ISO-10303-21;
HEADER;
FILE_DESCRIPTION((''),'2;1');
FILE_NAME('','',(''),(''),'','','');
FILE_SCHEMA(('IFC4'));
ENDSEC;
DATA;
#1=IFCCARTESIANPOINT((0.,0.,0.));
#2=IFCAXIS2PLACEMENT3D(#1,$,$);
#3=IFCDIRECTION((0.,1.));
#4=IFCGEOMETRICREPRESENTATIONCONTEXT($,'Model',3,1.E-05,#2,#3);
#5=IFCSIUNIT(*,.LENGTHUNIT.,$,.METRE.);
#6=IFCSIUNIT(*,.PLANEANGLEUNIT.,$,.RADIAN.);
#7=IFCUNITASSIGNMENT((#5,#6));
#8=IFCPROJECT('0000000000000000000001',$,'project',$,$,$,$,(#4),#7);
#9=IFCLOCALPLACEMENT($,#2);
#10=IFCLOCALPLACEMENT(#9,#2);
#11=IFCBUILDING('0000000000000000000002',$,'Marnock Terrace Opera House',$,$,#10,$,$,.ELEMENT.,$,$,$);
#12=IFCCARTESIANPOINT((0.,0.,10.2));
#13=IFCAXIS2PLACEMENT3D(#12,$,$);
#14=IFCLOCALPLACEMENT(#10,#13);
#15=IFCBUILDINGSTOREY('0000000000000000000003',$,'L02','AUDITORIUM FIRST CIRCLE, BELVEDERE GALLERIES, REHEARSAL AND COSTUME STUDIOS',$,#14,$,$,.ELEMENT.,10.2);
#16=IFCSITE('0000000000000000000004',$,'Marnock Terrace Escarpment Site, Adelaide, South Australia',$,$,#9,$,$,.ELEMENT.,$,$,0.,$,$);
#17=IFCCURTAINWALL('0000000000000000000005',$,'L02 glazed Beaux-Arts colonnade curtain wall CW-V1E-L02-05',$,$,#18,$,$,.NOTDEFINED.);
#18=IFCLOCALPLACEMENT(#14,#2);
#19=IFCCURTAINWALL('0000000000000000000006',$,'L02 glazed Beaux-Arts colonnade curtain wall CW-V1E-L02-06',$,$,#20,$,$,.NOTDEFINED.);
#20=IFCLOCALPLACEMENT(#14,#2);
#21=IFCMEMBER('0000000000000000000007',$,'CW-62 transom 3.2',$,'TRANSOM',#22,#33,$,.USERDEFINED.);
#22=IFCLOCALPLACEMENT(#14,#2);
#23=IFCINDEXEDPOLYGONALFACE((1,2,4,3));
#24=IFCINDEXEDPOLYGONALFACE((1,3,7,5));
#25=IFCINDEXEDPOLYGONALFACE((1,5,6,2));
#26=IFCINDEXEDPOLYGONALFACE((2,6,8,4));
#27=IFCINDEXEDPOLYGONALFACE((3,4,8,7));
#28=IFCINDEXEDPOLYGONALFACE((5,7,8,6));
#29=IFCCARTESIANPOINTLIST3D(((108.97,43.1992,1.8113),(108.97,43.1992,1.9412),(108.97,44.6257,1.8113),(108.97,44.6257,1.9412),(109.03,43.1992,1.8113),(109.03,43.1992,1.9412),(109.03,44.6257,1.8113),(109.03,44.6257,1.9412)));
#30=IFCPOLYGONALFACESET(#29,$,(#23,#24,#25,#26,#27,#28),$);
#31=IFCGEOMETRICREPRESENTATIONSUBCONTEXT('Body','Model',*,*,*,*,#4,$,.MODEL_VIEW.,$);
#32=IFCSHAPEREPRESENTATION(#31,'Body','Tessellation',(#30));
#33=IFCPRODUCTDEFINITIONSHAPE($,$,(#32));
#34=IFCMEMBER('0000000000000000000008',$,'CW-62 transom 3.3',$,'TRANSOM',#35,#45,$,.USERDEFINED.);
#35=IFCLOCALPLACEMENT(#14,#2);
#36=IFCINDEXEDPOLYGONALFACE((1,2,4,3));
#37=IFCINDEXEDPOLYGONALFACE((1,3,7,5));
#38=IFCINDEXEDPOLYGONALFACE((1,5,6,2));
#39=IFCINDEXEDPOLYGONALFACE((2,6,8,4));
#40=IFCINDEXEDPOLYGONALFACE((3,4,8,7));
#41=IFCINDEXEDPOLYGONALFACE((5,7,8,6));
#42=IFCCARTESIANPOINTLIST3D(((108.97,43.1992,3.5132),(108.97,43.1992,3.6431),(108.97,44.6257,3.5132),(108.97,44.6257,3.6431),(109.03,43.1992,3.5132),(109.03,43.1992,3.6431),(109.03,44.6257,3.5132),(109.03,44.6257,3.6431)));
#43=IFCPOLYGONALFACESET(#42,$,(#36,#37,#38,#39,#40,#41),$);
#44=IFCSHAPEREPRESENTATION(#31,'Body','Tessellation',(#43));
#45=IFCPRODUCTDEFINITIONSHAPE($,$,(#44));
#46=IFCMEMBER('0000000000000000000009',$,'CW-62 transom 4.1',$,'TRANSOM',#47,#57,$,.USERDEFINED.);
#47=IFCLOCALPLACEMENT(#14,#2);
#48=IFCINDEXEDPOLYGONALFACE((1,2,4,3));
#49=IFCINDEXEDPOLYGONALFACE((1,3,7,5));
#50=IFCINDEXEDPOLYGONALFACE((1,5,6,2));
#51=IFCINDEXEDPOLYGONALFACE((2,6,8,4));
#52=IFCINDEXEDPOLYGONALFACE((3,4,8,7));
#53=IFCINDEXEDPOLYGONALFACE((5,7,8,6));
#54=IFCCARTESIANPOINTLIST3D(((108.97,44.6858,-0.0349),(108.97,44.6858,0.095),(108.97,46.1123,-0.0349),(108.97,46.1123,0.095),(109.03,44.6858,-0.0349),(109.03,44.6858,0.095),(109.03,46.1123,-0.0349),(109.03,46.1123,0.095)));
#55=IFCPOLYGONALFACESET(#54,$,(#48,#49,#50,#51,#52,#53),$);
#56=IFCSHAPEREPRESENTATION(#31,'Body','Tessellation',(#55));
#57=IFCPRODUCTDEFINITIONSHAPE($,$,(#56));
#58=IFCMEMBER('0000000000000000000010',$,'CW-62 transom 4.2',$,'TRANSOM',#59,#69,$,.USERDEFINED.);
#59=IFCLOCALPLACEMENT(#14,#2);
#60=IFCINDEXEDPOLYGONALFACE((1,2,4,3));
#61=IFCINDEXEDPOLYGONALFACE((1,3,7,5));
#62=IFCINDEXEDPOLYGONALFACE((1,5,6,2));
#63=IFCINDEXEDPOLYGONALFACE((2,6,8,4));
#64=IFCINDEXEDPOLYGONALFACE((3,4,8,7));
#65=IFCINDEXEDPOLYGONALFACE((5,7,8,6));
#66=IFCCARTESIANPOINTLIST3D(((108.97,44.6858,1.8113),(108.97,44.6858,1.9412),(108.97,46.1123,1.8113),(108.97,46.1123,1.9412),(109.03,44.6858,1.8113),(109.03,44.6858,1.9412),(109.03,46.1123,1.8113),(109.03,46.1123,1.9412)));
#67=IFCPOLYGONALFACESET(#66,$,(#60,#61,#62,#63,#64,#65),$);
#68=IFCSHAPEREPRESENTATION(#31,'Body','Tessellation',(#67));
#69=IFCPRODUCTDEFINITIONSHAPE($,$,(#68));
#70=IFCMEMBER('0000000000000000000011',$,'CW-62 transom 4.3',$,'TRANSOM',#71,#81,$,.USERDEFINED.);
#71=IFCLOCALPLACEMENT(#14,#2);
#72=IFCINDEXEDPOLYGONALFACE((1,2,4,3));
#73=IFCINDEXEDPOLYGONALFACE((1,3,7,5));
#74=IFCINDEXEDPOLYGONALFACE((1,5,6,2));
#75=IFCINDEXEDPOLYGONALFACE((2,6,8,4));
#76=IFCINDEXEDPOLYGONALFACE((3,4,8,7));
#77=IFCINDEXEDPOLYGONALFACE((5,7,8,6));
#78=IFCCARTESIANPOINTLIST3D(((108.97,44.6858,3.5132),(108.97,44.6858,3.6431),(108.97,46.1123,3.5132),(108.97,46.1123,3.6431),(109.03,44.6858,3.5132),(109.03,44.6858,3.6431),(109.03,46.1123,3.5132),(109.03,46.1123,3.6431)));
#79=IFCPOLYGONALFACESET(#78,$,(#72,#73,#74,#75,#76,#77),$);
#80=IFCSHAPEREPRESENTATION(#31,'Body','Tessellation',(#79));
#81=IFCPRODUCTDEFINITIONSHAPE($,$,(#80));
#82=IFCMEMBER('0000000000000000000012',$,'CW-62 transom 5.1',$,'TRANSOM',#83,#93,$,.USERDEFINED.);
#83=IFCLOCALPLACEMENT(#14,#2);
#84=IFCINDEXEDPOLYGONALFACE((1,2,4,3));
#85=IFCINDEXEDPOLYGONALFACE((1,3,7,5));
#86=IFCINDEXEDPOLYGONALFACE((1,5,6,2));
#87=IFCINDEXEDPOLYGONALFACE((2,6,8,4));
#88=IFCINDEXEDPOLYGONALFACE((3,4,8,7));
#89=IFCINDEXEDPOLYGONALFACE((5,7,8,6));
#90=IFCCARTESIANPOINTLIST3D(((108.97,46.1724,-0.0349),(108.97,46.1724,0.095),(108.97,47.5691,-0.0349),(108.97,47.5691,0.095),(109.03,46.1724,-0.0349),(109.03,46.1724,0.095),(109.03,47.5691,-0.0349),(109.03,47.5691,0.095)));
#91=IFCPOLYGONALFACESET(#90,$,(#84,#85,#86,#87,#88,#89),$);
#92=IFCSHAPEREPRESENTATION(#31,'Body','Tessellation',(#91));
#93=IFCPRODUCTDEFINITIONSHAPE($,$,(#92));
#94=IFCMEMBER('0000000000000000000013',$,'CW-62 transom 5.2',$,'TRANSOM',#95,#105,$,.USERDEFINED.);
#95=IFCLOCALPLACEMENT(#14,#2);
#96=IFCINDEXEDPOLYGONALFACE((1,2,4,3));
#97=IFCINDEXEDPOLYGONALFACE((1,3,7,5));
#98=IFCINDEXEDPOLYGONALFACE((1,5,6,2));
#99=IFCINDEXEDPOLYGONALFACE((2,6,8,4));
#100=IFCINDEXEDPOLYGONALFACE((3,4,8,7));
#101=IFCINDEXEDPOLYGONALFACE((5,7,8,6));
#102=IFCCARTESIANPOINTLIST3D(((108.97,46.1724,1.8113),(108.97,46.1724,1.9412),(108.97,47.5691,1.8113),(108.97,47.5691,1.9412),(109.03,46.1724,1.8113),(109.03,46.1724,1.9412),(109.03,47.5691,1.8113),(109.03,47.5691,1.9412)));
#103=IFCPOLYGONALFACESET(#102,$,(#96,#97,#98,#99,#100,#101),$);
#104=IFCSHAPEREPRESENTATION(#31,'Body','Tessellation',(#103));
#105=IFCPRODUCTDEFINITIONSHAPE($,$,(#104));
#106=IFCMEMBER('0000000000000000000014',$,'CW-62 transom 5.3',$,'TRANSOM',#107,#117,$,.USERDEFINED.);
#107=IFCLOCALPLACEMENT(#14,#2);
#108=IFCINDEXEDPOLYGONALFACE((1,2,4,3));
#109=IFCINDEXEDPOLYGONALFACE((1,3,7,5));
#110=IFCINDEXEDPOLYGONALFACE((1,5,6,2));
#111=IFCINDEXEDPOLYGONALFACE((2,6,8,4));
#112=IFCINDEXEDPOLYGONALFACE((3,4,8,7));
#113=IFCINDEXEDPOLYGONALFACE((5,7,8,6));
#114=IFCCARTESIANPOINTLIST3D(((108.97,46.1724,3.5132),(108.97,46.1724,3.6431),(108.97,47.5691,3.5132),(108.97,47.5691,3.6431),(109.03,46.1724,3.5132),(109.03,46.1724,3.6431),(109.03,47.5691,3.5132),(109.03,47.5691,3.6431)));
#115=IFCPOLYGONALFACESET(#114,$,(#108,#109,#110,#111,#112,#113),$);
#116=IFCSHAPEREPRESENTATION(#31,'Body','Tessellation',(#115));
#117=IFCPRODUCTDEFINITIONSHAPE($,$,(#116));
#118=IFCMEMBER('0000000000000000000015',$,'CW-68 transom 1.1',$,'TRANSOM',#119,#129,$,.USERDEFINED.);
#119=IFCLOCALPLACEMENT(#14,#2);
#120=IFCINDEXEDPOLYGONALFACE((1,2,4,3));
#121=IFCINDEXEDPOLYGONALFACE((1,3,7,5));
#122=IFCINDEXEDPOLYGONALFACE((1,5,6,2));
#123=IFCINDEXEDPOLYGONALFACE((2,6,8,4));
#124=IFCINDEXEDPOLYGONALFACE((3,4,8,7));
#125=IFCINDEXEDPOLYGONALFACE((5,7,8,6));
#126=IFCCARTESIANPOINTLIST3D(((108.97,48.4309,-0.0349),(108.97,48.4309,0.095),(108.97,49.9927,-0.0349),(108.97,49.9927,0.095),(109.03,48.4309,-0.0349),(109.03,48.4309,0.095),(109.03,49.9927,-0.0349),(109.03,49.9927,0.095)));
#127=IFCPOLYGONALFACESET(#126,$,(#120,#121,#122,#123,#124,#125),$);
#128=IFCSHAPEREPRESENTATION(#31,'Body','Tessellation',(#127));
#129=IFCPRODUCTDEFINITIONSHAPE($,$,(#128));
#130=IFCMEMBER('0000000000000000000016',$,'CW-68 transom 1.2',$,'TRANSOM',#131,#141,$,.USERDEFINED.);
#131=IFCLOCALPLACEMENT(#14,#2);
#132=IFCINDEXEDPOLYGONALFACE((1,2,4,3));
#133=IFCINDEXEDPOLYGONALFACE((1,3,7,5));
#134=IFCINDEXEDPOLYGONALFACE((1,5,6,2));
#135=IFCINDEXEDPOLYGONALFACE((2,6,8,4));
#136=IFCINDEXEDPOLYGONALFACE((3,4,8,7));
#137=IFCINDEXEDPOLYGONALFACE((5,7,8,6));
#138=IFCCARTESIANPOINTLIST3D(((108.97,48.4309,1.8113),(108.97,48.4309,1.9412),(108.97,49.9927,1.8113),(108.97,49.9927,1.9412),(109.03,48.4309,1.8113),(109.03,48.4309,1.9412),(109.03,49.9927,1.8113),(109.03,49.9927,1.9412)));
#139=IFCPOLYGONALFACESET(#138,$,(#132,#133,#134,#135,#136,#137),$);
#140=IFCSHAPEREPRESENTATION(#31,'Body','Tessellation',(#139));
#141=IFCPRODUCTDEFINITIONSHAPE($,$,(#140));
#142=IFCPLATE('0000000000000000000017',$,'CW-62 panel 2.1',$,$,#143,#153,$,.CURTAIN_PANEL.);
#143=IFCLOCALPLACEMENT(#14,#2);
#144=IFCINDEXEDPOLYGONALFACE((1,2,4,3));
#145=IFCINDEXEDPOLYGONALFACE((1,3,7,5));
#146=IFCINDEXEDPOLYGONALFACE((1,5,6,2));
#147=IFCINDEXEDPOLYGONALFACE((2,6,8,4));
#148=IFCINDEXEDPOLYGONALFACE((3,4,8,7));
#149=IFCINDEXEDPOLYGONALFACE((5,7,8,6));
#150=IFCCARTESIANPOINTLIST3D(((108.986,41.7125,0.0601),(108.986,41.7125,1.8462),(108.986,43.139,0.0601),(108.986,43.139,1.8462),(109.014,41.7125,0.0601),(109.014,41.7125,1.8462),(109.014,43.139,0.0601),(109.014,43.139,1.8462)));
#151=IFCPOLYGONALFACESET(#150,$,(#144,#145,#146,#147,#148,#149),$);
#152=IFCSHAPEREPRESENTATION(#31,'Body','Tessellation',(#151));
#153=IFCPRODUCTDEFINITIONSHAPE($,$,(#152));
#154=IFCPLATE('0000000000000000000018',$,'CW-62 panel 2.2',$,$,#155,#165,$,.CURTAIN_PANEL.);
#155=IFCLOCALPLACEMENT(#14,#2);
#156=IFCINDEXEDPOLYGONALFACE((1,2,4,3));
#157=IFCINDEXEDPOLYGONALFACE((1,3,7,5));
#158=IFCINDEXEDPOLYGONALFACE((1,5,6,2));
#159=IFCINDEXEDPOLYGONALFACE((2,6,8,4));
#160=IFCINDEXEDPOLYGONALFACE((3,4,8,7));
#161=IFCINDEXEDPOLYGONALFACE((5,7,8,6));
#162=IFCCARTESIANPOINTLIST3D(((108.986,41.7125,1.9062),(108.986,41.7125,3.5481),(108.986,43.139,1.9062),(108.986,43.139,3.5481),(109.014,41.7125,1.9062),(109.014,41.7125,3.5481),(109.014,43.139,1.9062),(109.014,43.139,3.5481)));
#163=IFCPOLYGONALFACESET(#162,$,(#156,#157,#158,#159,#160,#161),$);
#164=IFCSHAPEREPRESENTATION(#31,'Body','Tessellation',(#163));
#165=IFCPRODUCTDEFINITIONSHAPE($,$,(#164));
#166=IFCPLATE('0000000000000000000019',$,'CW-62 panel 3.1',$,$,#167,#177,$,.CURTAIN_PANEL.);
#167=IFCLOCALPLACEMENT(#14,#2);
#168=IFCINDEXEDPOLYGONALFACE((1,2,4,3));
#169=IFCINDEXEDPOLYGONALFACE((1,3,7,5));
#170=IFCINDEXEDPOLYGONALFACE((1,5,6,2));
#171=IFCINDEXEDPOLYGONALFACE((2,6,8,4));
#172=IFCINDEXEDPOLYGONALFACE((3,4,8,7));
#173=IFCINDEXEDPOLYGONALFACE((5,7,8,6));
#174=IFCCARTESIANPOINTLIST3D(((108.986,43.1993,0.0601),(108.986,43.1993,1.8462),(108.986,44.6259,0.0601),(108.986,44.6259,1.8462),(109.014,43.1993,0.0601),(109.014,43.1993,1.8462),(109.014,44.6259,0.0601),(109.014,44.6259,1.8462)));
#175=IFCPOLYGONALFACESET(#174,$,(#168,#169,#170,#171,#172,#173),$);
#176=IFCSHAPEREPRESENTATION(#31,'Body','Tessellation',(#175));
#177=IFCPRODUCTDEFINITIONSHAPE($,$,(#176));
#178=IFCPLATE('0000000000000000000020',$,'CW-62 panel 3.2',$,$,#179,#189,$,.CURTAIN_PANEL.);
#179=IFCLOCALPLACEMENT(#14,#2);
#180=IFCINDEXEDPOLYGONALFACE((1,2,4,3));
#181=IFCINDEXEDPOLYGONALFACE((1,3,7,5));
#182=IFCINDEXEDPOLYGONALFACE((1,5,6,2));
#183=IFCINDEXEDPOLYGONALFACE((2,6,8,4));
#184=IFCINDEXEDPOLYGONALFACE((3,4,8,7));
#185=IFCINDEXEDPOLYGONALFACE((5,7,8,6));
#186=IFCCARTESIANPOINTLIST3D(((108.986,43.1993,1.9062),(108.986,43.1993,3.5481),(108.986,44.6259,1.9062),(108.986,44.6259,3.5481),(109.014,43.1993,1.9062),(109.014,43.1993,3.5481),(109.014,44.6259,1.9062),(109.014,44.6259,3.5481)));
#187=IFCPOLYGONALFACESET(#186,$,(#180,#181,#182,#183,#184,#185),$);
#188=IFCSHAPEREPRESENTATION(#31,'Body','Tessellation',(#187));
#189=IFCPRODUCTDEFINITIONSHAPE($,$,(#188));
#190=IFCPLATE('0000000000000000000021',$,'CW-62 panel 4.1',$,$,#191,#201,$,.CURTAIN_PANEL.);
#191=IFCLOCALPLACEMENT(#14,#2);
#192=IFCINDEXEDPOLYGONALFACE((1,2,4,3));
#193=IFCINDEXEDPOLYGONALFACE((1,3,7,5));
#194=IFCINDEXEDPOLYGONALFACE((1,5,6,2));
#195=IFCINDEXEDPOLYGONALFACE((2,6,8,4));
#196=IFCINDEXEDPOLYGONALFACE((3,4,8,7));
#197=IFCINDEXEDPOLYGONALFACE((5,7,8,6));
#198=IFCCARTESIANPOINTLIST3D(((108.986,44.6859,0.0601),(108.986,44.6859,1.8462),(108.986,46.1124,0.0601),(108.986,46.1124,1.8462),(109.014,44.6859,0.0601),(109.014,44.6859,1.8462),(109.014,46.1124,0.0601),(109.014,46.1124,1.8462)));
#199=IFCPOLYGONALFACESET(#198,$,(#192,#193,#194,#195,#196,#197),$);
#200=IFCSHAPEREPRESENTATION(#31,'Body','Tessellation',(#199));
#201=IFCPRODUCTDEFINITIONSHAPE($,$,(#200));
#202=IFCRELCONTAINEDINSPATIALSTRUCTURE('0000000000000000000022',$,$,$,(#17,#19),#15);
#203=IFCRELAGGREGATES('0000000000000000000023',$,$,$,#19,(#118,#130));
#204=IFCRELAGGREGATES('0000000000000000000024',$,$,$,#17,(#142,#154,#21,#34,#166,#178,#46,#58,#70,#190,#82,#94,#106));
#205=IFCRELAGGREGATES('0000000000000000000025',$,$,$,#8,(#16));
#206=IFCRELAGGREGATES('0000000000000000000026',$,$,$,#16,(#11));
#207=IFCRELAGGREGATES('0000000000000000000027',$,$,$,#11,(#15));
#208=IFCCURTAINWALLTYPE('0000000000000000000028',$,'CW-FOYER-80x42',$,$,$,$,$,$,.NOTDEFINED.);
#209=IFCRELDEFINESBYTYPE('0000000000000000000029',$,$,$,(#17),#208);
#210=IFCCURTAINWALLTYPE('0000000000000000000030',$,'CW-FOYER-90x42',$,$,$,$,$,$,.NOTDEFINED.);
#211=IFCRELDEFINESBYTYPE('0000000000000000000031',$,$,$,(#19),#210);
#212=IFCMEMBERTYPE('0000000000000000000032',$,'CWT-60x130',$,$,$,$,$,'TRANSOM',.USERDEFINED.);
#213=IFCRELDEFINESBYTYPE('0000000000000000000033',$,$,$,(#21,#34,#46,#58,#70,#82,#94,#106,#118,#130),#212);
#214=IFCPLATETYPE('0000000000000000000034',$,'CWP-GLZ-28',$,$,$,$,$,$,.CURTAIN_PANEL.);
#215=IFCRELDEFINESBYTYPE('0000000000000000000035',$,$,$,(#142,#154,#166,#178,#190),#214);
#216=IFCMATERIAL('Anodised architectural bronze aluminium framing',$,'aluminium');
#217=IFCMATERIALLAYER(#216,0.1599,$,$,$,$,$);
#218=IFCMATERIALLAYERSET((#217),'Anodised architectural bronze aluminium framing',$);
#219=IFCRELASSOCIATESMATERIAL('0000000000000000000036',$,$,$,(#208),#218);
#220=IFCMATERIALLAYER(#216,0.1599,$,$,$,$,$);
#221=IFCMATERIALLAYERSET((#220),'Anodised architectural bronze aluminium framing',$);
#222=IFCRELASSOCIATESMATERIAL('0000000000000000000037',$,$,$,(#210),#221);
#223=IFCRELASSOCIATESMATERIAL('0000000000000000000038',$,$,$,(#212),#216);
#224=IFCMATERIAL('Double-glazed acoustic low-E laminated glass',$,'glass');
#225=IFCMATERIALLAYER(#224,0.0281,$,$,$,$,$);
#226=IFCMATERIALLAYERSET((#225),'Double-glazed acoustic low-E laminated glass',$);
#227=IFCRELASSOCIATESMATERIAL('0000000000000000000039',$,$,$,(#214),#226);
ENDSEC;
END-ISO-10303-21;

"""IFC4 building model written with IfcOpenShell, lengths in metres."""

from ifc_helpers import new_model, si_unit, direction, frame, origin, origin_2d, place, context, subcontext, project, spatial, rectangle, extrude, material, layer, layer_set, material_profile, profile_set, type_object, element, aggregate, save


model = new_model("IFC4")

# Units and contexts
model_context = context("Model", 3, precision=1e-05, world=origin(), true_north=direction((0.0, 1.0)))
body_context = subcontext(model_context, "Body", "Model", "MODEL_VIEW")
ifc_project = project(units=[si_unit("LENGTHUNIT", "METRE"), si_unit("PLANEANGLEUNIT", "RADIAN")], contexts=[model_context])

# Site, building, storey
site_placement = place(None, origin())
site = spatial("IfcSite", under=ifc_project, at=site_placement, Name="Marnock Terrace Escarpment Site, Adelaide, South Australia", CompositionType="ELEMENT", RefElevation=0.0)
building_placement = place(site_placement, origin())
building = spatial("IfcBuilding", under=site, at=building_placement, Name="Marnock Terrace Opera House", CompositionType="ELEMENT")
storey_placement = place(building_placement, frame((0.0, 0.0, 10.2)))
storey = spatial("IfcBuildingStorey", under=building, at=storey_placement, Name="L02", Description="AUDITORIUM FIRST CIRCLE, BELVEDERE GALLERIES, REHEARSAL AND COSTUME STUDIOS", CompositionType="ELEMENT", Elevation=10.2)

# Curtain wall
ifc_material_1 = material(Name="Anodised architectural bronze aluminium framing", Category="aluminium")
ifc_layer_1 = layer(ifc_material_1, 0.1599)
ifc_layer_set_1 = layer_set([ifc_layer_1], Name="Anodised architectural bronze aluminium framing")
curtain_wall_type_1 = type_object("IfcCurtainWallType", Name="CW-FOYER-80x42", PredefinedType="NOTDEFINED", material=ifc_layer_set_1)
curtain_wall_1_placement = place(storey_placement, origin())
curtain_wall_1 = element("IfcCurtainWall", 1, at=curtain_wall_1_placement, inside=storey, type_object=curtain_wall_type_1, Name="L02 glazed Beaux-Arts colonnade curtain wall CW-V1E-L02-05", PredefinedType="NOTDEFINED")

# Curtain wall
ifc_layer_2 = layer(ifc_material_1, 0.1599)
ifc_layer_set_2 = layer_set([ifc_layer_2], Name="Anodised architectural bronze aluminium framing")
curtain_wall_type_2 = type_object("IfcCurtainWallType", Name="CW-FOYER-90x42", PredefinedType="NOTDEFINED", material=ifc_layer_set_2)
curtain_wall_2_placement = place(storey_placement, origin())
curtain_wall_2 = element("IfcCurtainWall", 2, at=curtain_wall_2_placement, inside=storey, type_object=curtain_wall_type_2, Name="L02 glazed Beaux-Arts colonnade curtain wall CW-V1E-L02-06", PredefinedType="NOTDEFINED")

# Members
ifc_material_profile_1 = material_profile(ifc_material_1, rectangle(XDim=0.0601, YDim=0.1299, at=origin_2d()))
ifc_profile_set_1 = profile_set([ifc_material_profile_1], Name="Anodised architectural bronze aluminium framing")
member_type_1 = type_object("IfcMemberType", Name="CWT-60x130", ElementType="TRANSOM", PredefinedType="USERDEFINED", material=ifc_profile_set_1)
member_1_placement = place(storey_placement, frame((109.0, 43.1992, 1.8762), z_axis=(0.0, 1.0, 0.0), x_axis=(-1.0, 0.0, 0.0)))
member_1 = element("IfcMember", 3, at=member_1_placement, type_object=member_type_1, Name="CW-62 transom 3.2", ObjectType="TRANSOM", PredefinedType="USERDEFINED", context=body_context, shape_type="SweptSolid", body=[
    extrude(rectangle(XDim=0.0601, YDim=0.1299, at=origin_2d()), origin(), (0.0, 0.0, 1.0), 1.4265),
])
member_2_placement = place(storey_placement, frame((109.0, 43.1992, 3.5781), z_axis=(0.0, 1.0, 0.0), x_axis=(-1.0, 0.0, 0.0)))
member_2 = element("IfcMember", 4, at=member_2_placement, type_object=member_type_1, Name="CW-62 transom 3.3", ObjectType="TRANSOM", PredefinedType="USERDEFINED", context=body_context, shape_type="SweptSolid", body=[
    extrude(rectangle(XDim=0.0601, YDim=0.1299, at=origin_2d()), origin(), (0.0, 0.0, 1.0), 1.4265),
])
member_3_placement = place(storey_placement, frame((109.0, 44.6858, 0.03), z_axis=(0.0, 1.0, 0.0), x_axis=(-1.0, 0.0, 0.0)))
member_3 = element("IfcMember", 5, at=member_3_placement, type_object=member_type_1, Name="CW-62 transom 4.1", ObjectType="TRANSOM", PredefinedType="USERDEFINED", context=body_context, shape_type="SweptSolid", body=[
    extrude(rectangle(XDim=0.0601, YDim=0.1299, at=origin_2d()), origin(), (0.0, 0.0, 1.0), 1.4265),
])
member_4_placement = place(storey_placement, frame((109.0, 44.6858, 1.8762), z_axis=(0.0, 1.0, 0.0), x_axis=(-1.0, 0.0, 0.0)))
member_4 = element("IfcMember", 6, at=member_4_placement, type_object=member_type_1, Name="CW-62 transom 4.2", ObjectType="TRANSOM", PredefinedType="USERDEFINED", context=body_context, shape_type="SweptSolid", body=[
    extrude(rectangle(XDim=0.0601, YDim=0.1299, at=origin_2d()), origin(), (0.0, 0.0, 1.0), 1.4265),
])
member_5_placement = place(storey_placement, frame((109.0, 44.6858, 3.5781), z_axis=(0.0, 1.0, 0.0), x_axis=(-1.0, 0.0, 0.0)))
member_5 = element("IfcMember", 7, at=member_5_placement, type_object=member_type_1, Name="CW-62 transom 4.3", ObjectType="TRANSOM", PredefinedType="USERDEFINED", context=body_context, shape_type="SweptSolid", body=[
    extrude(rectangle(XDim=0.0601, YDim=0.1299, at=origin_2d()), origin(), (0.0, 0.0, 1.0), 1.4265),
])
member_6_placement = place(storey_placement, frame((109.0, 46.1724, 0.03), z_axis=(0.0, 1.0, 0.0), x_axis=(-1.0, 0.0, 0.0)))
member_6 = element("IfcMember", 8, at=member_6_placement, type_object=member_type_1, Name="CW-62 transom 5.1", ObjectType="TRANSOM", PredefinedType="USERDEFINED", context=body_context, shape_type="SweptSolid", body=[
    extrude(rectangle(XDim=0.0601, YDim=0.1299, at=origin_2d()), origin(), (0.0, 0.0, 1.0), 1.3967),
])
member_7_placement = place(storey_placement, frame((109.0, 46.1724, 1.8762), z_axis=(0.0, 1.0, 0.0), x_axis=(-1.0, 0.0, 0.0)))
member_7 = element("IfcMember", 9, at=member_7_placement, type_object=member_type_1, Name="CW-62 transom 5.2", ObjectType="TRANSOM", PredefinedType="USERDEFINED", context=body_context, shape_type="SweptSolid", body=[
    extrude(rectangle(XDim=0.0601, YDim=0.1299, at=origin_2d()), origin(), (0.0, 0.0, 1.0), 1.3967),
])
member_8_placement = place(storey_placement, frame((109.0, 46.1724, 3.5781), z_axis=(0.0, 1.0, 0.0), x_axis=(-1.0, 0.0, 0.0)))
member_8 = element("IfcMember", 10, at=member_8_placement, type_object=member_type_1, Name="CW-62 transom 5.3", ObjectType="TRANSOM", PredefinedType="USERDEFINED", context=body_context, shape_type="SweptSolid", body=[
    extrude(rectangle(XDim=0.0601, YDim=0.1299, at=origin_2d()), origin(), (0.0, 0.0, 1.0), 1.3967),
])
member_9_placement = place(storey_placement, frame((109.0, 48.4309, 0.03), z_axis=(0.0, 1.0, 0.0), x_axis=(-1.0, 0.0, 0.0)))
member_9 = element("IfcMember", 11, at=member_9_placement, type_object=member_type_1, Name="CW-68 transom 1.1", ObjectType="TRANSOM", PredefinedType="USERDEFINED", context=body_context, shape_type="SweptSolid", body=[
    extrude(rectangle(XDim=0.0601, YDim=0.1299, at=origin_2d()), origin(), (0.0, 0.0, 1.0), 1.5618),
])
member_10_placement = place(storey_placement, frame((109.0, 48.4309, 1.8762), z_axis=(0.0, 1.0, 0.0), x_axis=(-1.0, 0.0, 0.0)))
member_10 = element("IfcMember", 12, at=member_10_placement, type_object=member_type_1, Name="CW-68 transom 1.2", ObjectType="TRANSOM", PredefinedType="USERDEFINED", context=body_context, shape_type="SweptSolid", body=[
    extrude(rectangle(XDim=0.0601, YDim=0.1299, at=origin_2d()), origin(), (0.0, 0.0, 1.0), 1.5618),
])
aggregate(curtain_wall_2, [member_9, member_10])

# Plates
ifc_material_2 = material(Name="Double-glazed acoustic low-E laminated glass", Category="glass")
ifc_layer_3 = layer(ifc_material_2, 0.0281)
ifc_layer_set_3 = layer_set([ifc_layer_3], Name="Double-glazed acoustic low-E laminated glass")
plate_type = type_object("IfcPlateType", Name="CWP-GLZ-28", PredefinedType="CURTAIN_PANEL", material=ifc_layer_set_3)
plate_1_placement = place(storey_placement, frame((109.0, 42.4258, 0.0601), z_axis=(0.0, 0.0, 1.0), x_axis=(0.0, 1.0, 0.0)))
plate_1 = element("IfcPlate", 13, at=plate_1_placement, type_object=plate_type, Name="CW-62 panel 2.1", PredefinedType="CURTAIN_PANEL", context=body_context, shape_type="SweptSolid", body=[
    extrude(rectangle(XDim=1.4265, YDim=0.0281, at=origin_2d()), origin(), (0.0, 0.0, 1.0), 1.7861),
])
plate_2_placement = place(storey_placement, frame((109.0, 42.4258, 1.9062), z_axis=(0.0, 0.0, 1.0), x_axis=(0.0, 1.0, 0.0)))
plate_2 = element("IfcPlate", 14, at=plate_2_placement, type_object=plate_type, Name="CW-62 panel 2.2", PredefinedType="CURTAIN_PANEL", context=body_context, shape_type="SweptSolid", body=[
    extrude(rectangle(XDim=1.4265, YDim=0.0281, at=origin_2d()), origin(), (0.0, 0.0, 1.0), 1.6418),
])
plate_3_placement = place(storey_placement, frame((109.0, 43.9126, 0.0601), z_axis=(0.0, 0.0, 1.0), x_axis=(0.0, 1.0, 0.0)))
plate_3 = element("IfcPlate", 15, at=plate_3_placement, type_object=plate_type, Name="CW-62 panel 3.1", PredefinedType="CURTAIN_PANEL", context=body_context, shape_type="SweptSolid", body=[
    extrude(rectangle(XDim=1.4265, YDim=0.0281, at=origin_2d()), origin(), (0.0, 0.0, 1.0), 1.7861),
])
plate_4_placement = place(storey_placement, frame((109.0, 43.9126, 1.9062), z_axis=(0.0, 0.0, 1.0), x_axis=(0.0, 1.0, 0.0)))
plate_4 = element("IfcPlate", 16, at=plate_4_placement, type_object=plate_type, Name="CW-62 panel 3.2", PredefinedType="CURTAIN_PANEL", context=body_context, shape_type="SweptSolid", body=[
    extrude(rectangle(XDim=1.4265, YDim=0.0281, at=origin_2d()), origin(), (0.0, 0.0, 1.0), 1.6418),
])
plate_5_placement = place(storey_placement, frame((109.0, 45.3992, 0.0601), z_axis=(0.0, 0.0, 1.0), x_axis=(0.0, 1.0, 0.0)))
plate_5 = element("IfcPlate", 17, at=plate_5_placement, type_object=plate_type, Name="CW-62 panel 4.1", PredefinedType="CURTAIN_PANEL", context=body_context, shape_type="SweptSolid", body=[
    extrude(rectangle(XDim=1.4265, YDim=0.0281, at=origin_2d()), origin(), (0.0, 0.0, 1.0), 1.7861),
])
aggregate(curtain_wall_1, [plate_1, plate_2, member_1, member_2, plate_3, plate_4, member_3, member_4, member_5, plate_5, member_6, member_7, member_8])

save(model, "model.ifc")
